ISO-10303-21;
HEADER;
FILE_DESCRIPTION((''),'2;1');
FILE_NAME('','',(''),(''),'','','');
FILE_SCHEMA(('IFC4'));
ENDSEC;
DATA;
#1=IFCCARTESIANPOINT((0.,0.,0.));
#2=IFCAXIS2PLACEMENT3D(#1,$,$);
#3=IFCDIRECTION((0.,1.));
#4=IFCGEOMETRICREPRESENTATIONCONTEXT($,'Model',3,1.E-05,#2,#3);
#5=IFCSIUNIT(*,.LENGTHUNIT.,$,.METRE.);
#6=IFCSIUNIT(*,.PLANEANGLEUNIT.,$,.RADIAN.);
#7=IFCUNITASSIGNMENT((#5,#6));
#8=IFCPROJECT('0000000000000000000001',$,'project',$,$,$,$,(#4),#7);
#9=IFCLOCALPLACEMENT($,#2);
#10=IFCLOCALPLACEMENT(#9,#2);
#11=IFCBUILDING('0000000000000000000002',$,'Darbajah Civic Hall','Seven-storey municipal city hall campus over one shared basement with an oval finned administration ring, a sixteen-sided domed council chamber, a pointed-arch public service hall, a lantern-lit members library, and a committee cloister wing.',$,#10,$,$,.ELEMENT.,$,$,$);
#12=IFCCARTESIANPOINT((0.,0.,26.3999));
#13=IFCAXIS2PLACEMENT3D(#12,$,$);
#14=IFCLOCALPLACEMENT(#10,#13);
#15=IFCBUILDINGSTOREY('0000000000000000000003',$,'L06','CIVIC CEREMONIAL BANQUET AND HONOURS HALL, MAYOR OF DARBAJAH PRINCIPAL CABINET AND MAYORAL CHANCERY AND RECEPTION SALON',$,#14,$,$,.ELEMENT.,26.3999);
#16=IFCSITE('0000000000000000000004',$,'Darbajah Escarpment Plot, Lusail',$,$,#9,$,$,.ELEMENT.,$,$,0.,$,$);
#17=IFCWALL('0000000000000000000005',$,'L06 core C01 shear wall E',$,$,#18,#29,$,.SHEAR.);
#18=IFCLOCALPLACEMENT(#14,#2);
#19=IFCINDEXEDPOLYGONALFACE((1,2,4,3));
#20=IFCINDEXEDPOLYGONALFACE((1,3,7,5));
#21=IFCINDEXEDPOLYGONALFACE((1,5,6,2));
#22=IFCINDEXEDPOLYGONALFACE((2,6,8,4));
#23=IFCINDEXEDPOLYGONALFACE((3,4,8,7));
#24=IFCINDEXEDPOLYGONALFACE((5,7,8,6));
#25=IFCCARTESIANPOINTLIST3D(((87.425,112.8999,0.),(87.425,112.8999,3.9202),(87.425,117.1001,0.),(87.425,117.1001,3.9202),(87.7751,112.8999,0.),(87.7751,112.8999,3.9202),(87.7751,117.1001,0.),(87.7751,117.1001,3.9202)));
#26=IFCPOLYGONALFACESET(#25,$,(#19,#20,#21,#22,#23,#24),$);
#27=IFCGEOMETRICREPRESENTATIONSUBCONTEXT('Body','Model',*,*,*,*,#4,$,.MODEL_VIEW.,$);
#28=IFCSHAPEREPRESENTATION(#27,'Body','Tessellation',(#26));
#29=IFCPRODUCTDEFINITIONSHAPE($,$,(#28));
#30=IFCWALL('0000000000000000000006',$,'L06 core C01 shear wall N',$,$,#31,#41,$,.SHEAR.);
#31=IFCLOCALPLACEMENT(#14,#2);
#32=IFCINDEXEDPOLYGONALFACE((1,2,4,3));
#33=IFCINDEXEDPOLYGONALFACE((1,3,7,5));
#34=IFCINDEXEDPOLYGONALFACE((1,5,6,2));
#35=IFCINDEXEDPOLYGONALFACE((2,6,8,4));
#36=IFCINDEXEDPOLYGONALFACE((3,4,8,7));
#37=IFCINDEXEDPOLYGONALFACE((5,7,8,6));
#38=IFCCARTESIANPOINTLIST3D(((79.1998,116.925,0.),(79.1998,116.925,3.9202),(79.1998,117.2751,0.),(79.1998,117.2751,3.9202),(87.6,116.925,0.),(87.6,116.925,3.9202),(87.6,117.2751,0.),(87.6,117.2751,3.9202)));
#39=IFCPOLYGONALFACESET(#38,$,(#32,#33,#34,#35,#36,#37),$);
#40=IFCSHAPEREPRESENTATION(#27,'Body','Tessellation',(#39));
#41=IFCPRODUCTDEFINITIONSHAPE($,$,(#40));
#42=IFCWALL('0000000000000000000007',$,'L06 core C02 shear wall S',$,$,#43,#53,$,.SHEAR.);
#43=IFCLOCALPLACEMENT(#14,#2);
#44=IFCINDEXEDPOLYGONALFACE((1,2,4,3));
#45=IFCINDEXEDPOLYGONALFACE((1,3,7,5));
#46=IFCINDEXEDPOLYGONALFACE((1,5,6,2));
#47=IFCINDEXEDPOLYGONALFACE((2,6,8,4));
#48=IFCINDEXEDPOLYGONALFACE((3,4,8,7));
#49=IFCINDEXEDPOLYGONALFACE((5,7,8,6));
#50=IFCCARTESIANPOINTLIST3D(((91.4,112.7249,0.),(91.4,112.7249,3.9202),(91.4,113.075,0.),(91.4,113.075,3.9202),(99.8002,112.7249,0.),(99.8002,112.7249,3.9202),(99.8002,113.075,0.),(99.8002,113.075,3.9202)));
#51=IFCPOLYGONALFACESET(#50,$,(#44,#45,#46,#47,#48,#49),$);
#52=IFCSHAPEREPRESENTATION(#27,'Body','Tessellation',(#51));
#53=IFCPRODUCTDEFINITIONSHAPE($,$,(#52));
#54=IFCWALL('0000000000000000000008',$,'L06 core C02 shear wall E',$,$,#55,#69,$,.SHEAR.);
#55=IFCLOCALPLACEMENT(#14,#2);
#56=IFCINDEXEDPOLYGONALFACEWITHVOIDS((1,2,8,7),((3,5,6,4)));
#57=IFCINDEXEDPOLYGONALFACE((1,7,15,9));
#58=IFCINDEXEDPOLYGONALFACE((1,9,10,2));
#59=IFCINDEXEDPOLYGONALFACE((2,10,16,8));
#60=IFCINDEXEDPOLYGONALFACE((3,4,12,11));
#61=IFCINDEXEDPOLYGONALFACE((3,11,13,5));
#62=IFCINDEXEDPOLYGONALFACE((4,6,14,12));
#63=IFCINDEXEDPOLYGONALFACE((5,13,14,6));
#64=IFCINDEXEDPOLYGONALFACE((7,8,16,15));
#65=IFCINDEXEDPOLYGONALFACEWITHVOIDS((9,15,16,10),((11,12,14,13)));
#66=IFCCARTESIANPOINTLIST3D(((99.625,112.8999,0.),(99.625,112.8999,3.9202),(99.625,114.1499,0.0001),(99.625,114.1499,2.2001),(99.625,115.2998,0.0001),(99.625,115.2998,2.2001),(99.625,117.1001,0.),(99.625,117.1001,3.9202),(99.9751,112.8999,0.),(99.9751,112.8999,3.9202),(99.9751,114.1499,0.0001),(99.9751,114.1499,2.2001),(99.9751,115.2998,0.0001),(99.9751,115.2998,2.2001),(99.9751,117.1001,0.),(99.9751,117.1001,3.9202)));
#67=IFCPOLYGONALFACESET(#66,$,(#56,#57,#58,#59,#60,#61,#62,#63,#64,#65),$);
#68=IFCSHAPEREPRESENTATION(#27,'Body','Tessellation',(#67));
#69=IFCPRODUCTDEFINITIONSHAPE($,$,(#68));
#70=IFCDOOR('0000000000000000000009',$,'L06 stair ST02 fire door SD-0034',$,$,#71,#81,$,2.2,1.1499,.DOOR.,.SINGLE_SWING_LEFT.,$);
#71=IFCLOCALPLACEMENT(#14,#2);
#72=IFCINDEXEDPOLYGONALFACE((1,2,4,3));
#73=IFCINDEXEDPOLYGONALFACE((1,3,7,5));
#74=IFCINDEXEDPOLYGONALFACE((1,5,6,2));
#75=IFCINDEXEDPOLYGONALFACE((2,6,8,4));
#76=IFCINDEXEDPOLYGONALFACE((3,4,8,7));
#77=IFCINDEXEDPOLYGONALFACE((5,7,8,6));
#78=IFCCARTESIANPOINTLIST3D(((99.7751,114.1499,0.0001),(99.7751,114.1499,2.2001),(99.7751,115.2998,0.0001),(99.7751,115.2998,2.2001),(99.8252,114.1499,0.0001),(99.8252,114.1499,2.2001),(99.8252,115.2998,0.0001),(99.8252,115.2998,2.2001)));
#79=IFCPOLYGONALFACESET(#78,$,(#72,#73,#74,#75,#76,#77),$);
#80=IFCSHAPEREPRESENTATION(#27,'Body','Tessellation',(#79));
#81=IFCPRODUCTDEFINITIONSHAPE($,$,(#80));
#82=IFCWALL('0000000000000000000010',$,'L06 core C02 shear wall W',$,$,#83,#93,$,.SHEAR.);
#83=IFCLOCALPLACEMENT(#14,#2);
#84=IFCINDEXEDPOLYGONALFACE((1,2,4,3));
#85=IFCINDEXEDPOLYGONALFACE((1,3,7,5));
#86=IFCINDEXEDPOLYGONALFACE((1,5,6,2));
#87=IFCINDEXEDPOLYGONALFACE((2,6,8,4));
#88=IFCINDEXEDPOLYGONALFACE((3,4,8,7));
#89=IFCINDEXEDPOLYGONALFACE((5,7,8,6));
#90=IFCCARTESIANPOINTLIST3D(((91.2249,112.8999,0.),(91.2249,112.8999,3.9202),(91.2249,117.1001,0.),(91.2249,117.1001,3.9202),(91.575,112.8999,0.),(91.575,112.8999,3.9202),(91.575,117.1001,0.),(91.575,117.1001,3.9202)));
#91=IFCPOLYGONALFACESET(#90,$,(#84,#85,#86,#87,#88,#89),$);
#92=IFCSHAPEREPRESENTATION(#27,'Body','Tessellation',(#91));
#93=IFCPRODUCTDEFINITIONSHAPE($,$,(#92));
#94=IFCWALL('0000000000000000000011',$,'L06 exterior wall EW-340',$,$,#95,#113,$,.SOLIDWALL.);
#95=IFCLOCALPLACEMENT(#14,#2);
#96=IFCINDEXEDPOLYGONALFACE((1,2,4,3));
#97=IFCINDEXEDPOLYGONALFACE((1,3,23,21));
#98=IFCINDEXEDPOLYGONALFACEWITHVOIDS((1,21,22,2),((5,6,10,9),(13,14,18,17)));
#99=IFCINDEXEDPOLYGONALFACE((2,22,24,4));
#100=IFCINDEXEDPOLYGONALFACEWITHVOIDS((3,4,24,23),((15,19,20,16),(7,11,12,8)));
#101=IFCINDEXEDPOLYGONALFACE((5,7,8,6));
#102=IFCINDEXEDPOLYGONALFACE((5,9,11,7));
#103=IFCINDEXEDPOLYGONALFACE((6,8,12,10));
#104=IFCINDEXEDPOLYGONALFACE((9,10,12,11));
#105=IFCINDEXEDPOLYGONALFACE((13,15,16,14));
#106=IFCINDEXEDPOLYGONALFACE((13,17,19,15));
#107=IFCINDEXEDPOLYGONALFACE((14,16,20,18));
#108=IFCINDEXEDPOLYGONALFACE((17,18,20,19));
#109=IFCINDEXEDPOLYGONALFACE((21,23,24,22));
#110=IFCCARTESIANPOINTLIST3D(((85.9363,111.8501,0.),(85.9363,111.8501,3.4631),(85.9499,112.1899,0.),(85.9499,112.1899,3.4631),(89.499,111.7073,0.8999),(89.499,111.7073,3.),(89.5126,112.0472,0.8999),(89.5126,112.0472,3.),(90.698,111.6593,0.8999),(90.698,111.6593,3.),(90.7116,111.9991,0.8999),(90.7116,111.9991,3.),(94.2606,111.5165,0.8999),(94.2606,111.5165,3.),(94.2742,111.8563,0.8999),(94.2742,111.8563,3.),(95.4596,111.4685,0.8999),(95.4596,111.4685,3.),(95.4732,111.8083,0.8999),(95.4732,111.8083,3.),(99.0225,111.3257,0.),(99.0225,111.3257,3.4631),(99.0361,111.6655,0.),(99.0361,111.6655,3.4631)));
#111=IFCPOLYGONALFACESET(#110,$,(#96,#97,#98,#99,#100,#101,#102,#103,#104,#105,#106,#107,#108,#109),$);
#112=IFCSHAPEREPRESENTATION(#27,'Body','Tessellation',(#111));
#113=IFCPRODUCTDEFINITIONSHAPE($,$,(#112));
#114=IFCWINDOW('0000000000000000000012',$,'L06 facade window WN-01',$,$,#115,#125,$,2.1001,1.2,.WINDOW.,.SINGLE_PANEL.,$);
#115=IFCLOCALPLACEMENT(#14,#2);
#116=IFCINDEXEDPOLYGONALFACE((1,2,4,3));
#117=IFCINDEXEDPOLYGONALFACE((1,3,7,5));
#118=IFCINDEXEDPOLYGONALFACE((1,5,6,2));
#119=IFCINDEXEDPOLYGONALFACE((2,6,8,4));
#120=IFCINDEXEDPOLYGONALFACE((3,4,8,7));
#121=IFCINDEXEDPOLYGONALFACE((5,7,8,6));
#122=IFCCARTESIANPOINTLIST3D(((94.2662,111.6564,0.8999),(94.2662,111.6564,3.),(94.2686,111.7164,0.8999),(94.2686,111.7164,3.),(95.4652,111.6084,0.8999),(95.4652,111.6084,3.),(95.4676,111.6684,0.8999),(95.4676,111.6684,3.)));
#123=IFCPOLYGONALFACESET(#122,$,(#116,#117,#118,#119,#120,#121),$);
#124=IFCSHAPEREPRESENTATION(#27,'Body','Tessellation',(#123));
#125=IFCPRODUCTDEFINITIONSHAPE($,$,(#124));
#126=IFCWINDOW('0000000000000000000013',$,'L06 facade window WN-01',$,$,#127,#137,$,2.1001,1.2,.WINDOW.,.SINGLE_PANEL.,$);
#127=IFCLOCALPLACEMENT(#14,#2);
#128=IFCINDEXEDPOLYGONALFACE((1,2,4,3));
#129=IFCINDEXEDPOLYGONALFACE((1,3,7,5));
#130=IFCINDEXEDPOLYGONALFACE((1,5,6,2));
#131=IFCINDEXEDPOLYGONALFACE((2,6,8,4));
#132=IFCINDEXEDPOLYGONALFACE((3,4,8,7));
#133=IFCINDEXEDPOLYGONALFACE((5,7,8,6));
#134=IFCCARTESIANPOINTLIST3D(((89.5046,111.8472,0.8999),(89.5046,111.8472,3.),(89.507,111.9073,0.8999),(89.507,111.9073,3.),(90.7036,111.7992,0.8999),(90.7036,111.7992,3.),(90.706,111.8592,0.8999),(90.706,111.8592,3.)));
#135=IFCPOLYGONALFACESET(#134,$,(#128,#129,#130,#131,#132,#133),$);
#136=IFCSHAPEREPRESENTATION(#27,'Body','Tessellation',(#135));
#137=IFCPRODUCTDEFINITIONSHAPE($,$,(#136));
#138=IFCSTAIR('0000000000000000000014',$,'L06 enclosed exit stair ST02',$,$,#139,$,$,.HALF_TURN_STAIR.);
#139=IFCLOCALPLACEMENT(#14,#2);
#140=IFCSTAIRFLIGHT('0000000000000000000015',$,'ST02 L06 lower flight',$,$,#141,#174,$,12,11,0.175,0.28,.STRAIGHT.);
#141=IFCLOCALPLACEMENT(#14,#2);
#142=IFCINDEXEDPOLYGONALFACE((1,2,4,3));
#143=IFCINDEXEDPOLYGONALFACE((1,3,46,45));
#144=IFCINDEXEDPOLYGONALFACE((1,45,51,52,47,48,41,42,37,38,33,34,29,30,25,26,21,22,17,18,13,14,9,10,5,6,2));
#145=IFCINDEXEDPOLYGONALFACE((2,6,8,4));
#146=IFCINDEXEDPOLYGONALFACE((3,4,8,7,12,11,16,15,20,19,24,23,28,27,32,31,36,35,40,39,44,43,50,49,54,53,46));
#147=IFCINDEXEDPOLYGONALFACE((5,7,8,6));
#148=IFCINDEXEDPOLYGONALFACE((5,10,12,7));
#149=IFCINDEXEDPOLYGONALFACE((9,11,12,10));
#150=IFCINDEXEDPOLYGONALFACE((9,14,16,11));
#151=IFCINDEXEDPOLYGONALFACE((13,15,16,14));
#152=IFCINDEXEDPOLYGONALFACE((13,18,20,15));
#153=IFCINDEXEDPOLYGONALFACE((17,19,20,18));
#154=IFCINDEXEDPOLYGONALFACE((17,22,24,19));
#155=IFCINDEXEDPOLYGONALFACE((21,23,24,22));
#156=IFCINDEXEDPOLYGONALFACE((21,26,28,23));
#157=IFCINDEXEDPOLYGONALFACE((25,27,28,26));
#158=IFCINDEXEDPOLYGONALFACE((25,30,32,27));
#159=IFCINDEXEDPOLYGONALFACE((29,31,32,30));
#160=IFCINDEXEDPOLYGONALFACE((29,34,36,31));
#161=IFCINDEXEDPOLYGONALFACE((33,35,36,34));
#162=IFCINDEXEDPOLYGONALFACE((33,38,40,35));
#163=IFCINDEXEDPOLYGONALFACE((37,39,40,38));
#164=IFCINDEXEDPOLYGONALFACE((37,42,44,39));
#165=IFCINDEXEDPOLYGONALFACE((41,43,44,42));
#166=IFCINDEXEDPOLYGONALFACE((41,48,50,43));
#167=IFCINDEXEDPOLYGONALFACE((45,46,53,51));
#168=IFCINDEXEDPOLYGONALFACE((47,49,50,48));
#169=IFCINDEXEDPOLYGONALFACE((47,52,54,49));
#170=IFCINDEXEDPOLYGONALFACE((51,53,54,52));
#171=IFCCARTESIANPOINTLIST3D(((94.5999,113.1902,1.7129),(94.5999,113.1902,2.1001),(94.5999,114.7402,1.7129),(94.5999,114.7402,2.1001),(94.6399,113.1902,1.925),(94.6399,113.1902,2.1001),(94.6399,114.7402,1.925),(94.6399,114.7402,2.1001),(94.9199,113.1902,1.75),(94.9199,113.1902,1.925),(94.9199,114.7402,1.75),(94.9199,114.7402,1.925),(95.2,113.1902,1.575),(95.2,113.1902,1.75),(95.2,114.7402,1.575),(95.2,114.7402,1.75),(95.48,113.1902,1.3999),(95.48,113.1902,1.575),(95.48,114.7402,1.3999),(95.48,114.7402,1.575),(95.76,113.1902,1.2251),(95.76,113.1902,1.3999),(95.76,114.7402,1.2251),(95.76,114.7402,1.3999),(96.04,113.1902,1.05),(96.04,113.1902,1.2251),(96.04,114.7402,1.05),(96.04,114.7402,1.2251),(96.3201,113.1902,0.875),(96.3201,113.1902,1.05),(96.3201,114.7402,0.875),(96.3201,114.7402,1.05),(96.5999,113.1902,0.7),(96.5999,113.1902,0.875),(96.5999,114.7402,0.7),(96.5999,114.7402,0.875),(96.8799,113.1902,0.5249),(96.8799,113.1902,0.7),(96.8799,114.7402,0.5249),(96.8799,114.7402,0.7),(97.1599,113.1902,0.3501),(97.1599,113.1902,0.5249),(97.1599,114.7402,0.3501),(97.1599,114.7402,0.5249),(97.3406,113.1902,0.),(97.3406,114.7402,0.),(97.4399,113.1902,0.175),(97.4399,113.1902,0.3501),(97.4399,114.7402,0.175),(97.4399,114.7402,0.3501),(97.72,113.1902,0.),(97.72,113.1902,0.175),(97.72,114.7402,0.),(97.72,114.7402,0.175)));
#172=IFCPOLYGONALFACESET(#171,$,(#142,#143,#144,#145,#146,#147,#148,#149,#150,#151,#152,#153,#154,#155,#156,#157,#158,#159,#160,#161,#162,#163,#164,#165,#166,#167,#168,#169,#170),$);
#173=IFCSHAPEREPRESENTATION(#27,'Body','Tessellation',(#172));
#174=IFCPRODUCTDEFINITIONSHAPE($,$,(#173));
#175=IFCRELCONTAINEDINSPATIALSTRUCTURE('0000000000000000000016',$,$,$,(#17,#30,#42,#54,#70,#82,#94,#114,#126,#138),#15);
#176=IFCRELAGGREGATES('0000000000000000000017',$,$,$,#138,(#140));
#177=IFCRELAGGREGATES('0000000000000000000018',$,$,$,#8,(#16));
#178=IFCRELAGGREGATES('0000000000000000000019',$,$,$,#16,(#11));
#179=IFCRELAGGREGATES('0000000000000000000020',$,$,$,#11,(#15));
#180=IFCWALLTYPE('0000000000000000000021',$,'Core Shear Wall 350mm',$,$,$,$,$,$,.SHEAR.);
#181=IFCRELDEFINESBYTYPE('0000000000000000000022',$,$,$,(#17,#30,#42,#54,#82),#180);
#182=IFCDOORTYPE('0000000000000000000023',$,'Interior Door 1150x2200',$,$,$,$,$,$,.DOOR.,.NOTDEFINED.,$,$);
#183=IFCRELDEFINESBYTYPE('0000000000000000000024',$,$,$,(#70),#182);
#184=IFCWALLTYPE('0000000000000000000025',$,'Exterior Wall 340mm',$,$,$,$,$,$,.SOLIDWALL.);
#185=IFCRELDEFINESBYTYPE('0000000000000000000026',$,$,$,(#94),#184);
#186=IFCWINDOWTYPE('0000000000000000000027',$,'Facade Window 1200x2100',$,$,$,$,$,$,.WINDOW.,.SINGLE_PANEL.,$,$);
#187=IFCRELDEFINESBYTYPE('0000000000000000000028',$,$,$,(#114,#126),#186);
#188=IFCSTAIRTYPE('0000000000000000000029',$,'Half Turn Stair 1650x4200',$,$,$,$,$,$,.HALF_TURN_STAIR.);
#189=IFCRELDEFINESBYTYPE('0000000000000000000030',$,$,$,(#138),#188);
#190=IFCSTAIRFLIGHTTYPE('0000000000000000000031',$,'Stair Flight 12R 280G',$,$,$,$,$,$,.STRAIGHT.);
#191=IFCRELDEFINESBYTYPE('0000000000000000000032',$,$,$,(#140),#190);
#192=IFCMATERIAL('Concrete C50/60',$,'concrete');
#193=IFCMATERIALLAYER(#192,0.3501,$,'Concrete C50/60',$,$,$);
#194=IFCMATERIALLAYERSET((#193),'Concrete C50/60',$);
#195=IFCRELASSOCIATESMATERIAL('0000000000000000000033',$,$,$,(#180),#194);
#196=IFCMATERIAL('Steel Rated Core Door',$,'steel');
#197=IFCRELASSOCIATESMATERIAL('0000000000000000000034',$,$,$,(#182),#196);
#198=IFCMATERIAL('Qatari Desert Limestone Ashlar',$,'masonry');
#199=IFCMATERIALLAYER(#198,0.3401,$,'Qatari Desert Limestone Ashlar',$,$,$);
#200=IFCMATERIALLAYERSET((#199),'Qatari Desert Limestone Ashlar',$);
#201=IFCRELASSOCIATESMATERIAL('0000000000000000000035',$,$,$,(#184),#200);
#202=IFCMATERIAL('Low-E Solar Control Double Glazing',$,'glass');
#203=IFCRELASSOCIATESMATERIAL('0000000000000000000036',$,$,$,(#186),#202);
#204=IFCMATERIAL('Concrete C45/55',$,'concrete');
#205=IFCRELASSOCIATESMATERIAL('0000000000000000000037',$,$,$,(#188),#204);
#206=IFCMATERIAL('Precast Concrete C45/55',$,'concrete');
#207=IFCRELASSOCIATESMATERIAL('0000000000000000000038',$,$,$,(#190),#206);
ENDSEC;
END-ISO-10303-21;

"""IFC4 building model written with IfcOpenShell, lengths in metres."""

from ifc_helpers import new_model, si_unit, direction, frame, frame_2d, origin, place, context, subcontext, project, spatial, polyline, rectangle, outline, extrude, material, layer, layer_set, type_object, element, fill, aggregate, save


model = new_model("IFC4")

# Units and contexts
model_context = context("Model", 3, precision=1e-05, world=origin(), true_north=direction((0.0, 1.0)))
body_context = subcontext(model_context, "Body", "Model", "MODEL_VIEW")
ifc_project = project(units=[si_unit("LENGTHUNIT", "METRE"), si_unit("PLANEANGLEUNIT", "RADIAN")], contexts=[model_context])

# Site, building, storey
site_placement = place(None, origin())
site = spatial("IfcSite", under=ifc_project, at=site_placement, Name="Darbajah Escarpment Plot, Lusail", CompositionType="ELEMENT", RefElevation=0.0)
building_placement = place(site_placement, origin())
building = spatial("IfcBuilding", under=site, at=building_placement, Name="Darbajah Civic Hall", Description="Seven-storey municipal city hall campus over one shared basement with an oval finned administration ring, a sixteen-sided domed council chamber, a pointed-arch public service hall, a lantern-lit members library, and a committee cloister wing.", CompositionType="ELEMENT")
storey_placement = place(building_placement, frame((0.0, 0.0, 26.3999)))
storey = spatial("IfcBuildingStorey", under=building, at=storey_placement, Name="L06", Description="CIVIC CEREMONIAL BANQUET AND HONOURS HALL, MAYOR OF DARBAJAH PRINCIPAL CABINET AND MAYORAL CHANCERY AND RECEPTION SALON", CompositionType="ELEMENT", Elevation=26.3999)

# Shared definitions
ifc_material_1 = material(Name="Concrete C45/55", Category="concrete")

# Walls
ifc_material_2 = material(Name="Concrete C50/60", Category="concrete")
ifc_layer_1 = layer(ifc_material_2, 0.3501, Name="Concrete C50/60")
ifc_layer_set_1 = layer_set([ifc_layer_1], Name="Concrete C50/60")
wall_type_1 = type_object("IfcWallType", Name="Core Shear Wall 350mm", PredefinedType="SHEAR", material=ifc_layer_set_1)
wall_1_placement = place(storey_placement, frame((87.6001, 112.8999, 0.0), z_axis=(0.0, 0.0, 1.0), x_axis=(0.0, 1.0, 0.0)))
element("IfcWall", 1, at=wall_1_placement, inside=storey, type_object=wall_type_1, Name="L06 core C01 shear wall E", PredefinedType="SHEAR", context=body_context, shape_type="SweptSolid", body=[
    extrude(rectangle(XDim=4.2002, YDim=0.3501, at=frame_2d((2.1001, 0.0))), origin(), (0.0, 0.0, 1.0), 3.9202),
])
for number, where, z_axis, x_axis, name in (
    (2, (87.6001, 117.1001, 0.0), (0.0, 0.0, 1.0), (-1.0, 0.0, 0.0), "L06 core C01 shear wall N"),
    (3, (91.3999, 112.8999, 0.0), (0.0, 0.0, 1.0), (1.0, 0.0, 0.0), "L06 core C02 shear wall S"),
):
    element("IfcWall", number, at=place(storey_placement, frame(where, z_axis=z_axis, x_axis=x_axis)), inside=storey, type_object=wall_type_1, Name=name, PredefinedType="SHEAR", context=body_context, shape_type="SweptSolid", body=[
        extrude(rectangle(XDim=8.4001, YDim=0.3501, at=frame_2d((4.2002, 0.0))), origin(), (0.0, 0.0, 1.0), 3.9202),
    ])

# Wall, opening, door
wall_2_placement = place(storey_placement, frame((99.8, 112.8999, 0.0), z_axis=(0.0, 0.0, 1.0), x_axis=(0.0, 1.0, 0.0)))
wall_2 = element("IfcWall", 4, at=wall_2_placement, inside=storey, type_object=wall_type_1, Name="L06 core C02 shear wall E", PredefinedType="SHEAR", context=body_context, shape_type="SweptSolid", body=[
    extrude(rectangle(XDim=4.2002, YDim=0.3501, at=frame_2d((2.1001, 0.0))), origin(), (0.0, 0.0, 1.0), 3.9202),
])
opening_1_placement = place(wall_2_placement, frame((1.25, 0.0, 0.0)))
opening_1 = element("IfcOpeningElement", 5, at=opening_1_placement, cuts=wall_2, PredefinedType="OPENING", context=body_context, shape_type="SweptSolid", body=[
    extrude(rectangle(XDim=1.1499, YDim=2.2, at=frame_2d((0.575, 1.1001))), frame((0.0, 0.1851, 0.0), z_axis=(0.0, -1.0, 0.0), x_axis=(1.0, 0.0, 0.0)), (0.0, 0.0, 1.0), 0.3701),
])
ifc_material_3 = material(Name="Steel Rated Core Door", Category="steel")
door_type = type_object("IfcDoorType", Name="Interior Door 1150x2200", OperationType="NOTDEFINED", PredefinedType="DOOR", material=ifc_material_3)
door_placement = place(opening_1_placement, origin())
door = element("IfcDoor", 6, at=door_placement, inside=storey, type_object=door_type, Name="L06 stair ST02 fire door SD-0034", OperationType="SINGLE_SWING_LEFT", OverallHeight=2.2, OverallWidth=1.1499, PredefinedType="DOOR", context=body_context, shape_type="SweptSolid", body=[
    extrude(rectangle(XDim=1.1499, YDim=2.2, at=frame_2d((0.575, 1.1001))), frame((0.0, 0.0249, 0.0), z_axis=(0.0, -1.0, 0.0), x_axis=(1.0, 0.0, 0.0)), (0.0, 0.0, 1.0), 0.05),
])
fill(opening_1, door)

# Wall
wall_3_placement = place(storey_placement, frame((91.3999, 117.1001, 0.0), z_axis=(0.0, 0.0, 1.0), x_axis=(0.0, -1.0, 0.0)))
element("IfcWall", 7, at=wall_3_placement, inside=storey, type_object=wall_type_1, Name="L06 core C02 shear wall W", PredefinedType="SHEAR", context=body_context, shape_type="SweptSolid", body=[
    extrude(rectangle(XDim=4.2002, YDim=0.3501, at=frame_2d((2.1001, 0.0))), origin(), (0.0, 0.0, 1.0), 3.9202),
])

# Wall, openings, windows
ifc_material_4 = material(Name="Qatari Desert Limestone Ashlar", Category="masonry")
ifc_layer_2 = layer(ifc_material_4, 0.3401, Name="Qatari Desert Limestone Ashlar")
ifc_layer_set_2 = layer_set([ifc_layer_2], Name="Qatari Desert Limestone Ashlar")
wall_type_2 = type_object("IfcWallType", Name="Exterior Wall 340mm", PredefinedType="SOLIDWALL", material=ifc_layer_set_2)
wall_4_placement = place(storey_placement, frame((99.0293, 111.4956, 0.0), z_axis=(0.0, 0.0, 1.0), x_axis=(-0.999198, 0.040042, 0.0)))
wall_4 = element("IfcWall", 8, at=wall_4_placement, inside=storey, type_object=wall_type_2, Name="L06 exterior wall EW-340", PredefinedType="SOLIDWALL", context=body_context, shape_type="SweptSolid", body=[
    extrude(rectangle(XDim=13.0967, YDim=0.3401, at=frame_2d((6.5483, 0.0))), origin(), (0.0, 0.0, 1.0), 3.4631),
])
opening_2_placement = place(wall_4_placement, frame((3.5657, 0.0, 0.8999)))
opening_2 = element("IfcOpeningElement", 9, at=opening_2_placement, cuts=wall_4, PredefinedType="OPENING", context=body_context, shape_type="SweptSolid", body=[
    extrude(rectangle(XDim=1.2, YDim=2.1001, at=frame_2d((0.6001, 1.05))), frame((0.0, 0.1799, 0.0), z_axis=(0.0, -1.0, 0.0), x_axis=(1.0, 0.0, 0.0)), (0.0, 0.0, 1.0), 0.3601),
])
opening_3_placement = place(wall_4_placement, frame((8.3311, 0.0, 0.8999)))
opening_3 = element("IfcOpeningElement", 10, at=opening_3_placement, cuts=wall_4, PredefinedType="OPENING", context=body_context, shape_type="SweptSolid", body=[
    extrude(rectangle(XDim=1.2, YDim=2.1001, at=frame_2d((0.6001, 1.05))), frame((0.0, 0.1799, 0.0), z_axis=(0.0, -1.0, 0.0), x_axis=(1.0, 0.0, 0.0)), (0.0, 0.0, 1.0), 0.3601),
])
ifc_material_5 = material(Name="Low-E Solar Control Double Glazing", Category="glass")
window_type = type_object("IfcWindowType", Name="Facade Window 1200x2100", PartitioningType="SINGLE_PANEL", PredefinedType="WINDOW", material=ifc_material_5)
window_1_placement = place(opening_2_placement, origin())
window_1 = element("IfcWindow", 11, at=window_1_placement, inside=storey, type_object=window_type, Name="L06 facade window WN-01", OverallHeight=2.1001, OverallWidth=1.2, PartitioningType="SINGLE_PANEL", PredefinedType="WINDOW", context=body_context, shape_type="SweptSolid", body=[
    extrude(rectangle(XDim=1.2, YDim=2.1001, at=frame_2d((0.6001, 1.05))), frame((0.0, 0.03, 0.0), z_axis=(0.0, -1.0, 0.0), x_axis=(1.0, 0.0, 0.0)), (0.0, 0.0, 1.0), 0.0601),
])
fill(opening_2, window_1)
window_2_placement = place(opening_3_placement, origin())
window_2 = element("IfcWindow", 12, at=window_2_placement, inside=storey, type_object=window_type, Name="L06 facade window WN-01", OverallHeight=2.1001, OverallWidth=1.2, PartitioningType="SINGLE_PANEL", PredefinedType="WINDOW", context=body_context, shape_type="SweptSolid", body=[
    extrude(rectangle(XDim=1.2, YDim=2.1001, at=frame_2d((0.6001, 1.05))), frame((0.0, 0.03, 0.0), z_axis=(0.0, -1.0, 0.0), x_axis=(1.0, 0.0, 0.0)), (0.0, 0.0, 1.0), 0.0601),
])
fill(opening_3, window_2)

# Stair, stair flight
stair_type = type_object("IfcStairType", Name="Half Turn Stair 1650x4200", PredefinedType="HALF_TURN_STAIR", material=ifc_material_1)
stair_placement = place(storey_placement, origin())
stair = element("IfcStair", 13, at=stair_placement, inside=storey, type_object=stair_type, Name="L06 enclosed exit stair ST02", PredefinedType="HALF_TURN_STAIR")
ifc_material_6 = material(Name="Precast Concrete C45/55", Category="concrete")
stair_flight_type = type_object("IfcStairFlightType", Name="Stair Flight 12R 280G", PredefinedType="STRAIGHT", material=ifc_material_6)
stair_flight_1_placement = place(storey_placement, frame((97.72, 113.9651, 0.0), z_axis=(0.0, 0.0, 1.0), x_axis=(-1.0, 0.0, 0.0)))
stair_flight_1 = element("IfcStairFlight", 14, at=stair_flight_1_placement, type_object=stair_flight_type, Name="ST02 L06 lower flight", NumberOfRisers=12, NumberOfTreads=11, PredefinedType="STRAIGHT", RiserHeight=0.175, TreadLength=0.28, context=body_context, shape_type="SweptSolid", body=[
    extrude(outline(polyline([(0.0, 0.0), (0.0, 0.175), (0.28, 0.175), (0.28, 0.3501), (0.5601, 0.3501), (0.5601, 0.5249), (0.8401, 0.5249), (0.8401, 0.7), (1.1201, 0.7), (1.1201, 0.875), (1.3999, 0.875), (1.3999, 1.05), (1.6799, 1.05), (1.6799, 1.2251), (1.96, 1.2251), (1.96, 1.3999), (2.24, 1.3999), (2.24, 1.575), (2.52, 1.575), (2.52, 1.75), (2.8, 1.75), (2.8, 1.925), (3.0801, 1.925), (3.0801, 2.1001), (3.1201, 2.1001), (3.1201, 1.7129), (0.3794, 0.0), (0.0, 0.0)])), frame((0.0, 0.7749, 0.0), z_axis=(0.0, -1.0, 0.0), x_axis=(1.0, 0.0, 0.0)), (0.0, 0.0, 1.0), 1.55),
])
aggregate(stair, [stair_flight_1])

save(model, "model.ifc")
